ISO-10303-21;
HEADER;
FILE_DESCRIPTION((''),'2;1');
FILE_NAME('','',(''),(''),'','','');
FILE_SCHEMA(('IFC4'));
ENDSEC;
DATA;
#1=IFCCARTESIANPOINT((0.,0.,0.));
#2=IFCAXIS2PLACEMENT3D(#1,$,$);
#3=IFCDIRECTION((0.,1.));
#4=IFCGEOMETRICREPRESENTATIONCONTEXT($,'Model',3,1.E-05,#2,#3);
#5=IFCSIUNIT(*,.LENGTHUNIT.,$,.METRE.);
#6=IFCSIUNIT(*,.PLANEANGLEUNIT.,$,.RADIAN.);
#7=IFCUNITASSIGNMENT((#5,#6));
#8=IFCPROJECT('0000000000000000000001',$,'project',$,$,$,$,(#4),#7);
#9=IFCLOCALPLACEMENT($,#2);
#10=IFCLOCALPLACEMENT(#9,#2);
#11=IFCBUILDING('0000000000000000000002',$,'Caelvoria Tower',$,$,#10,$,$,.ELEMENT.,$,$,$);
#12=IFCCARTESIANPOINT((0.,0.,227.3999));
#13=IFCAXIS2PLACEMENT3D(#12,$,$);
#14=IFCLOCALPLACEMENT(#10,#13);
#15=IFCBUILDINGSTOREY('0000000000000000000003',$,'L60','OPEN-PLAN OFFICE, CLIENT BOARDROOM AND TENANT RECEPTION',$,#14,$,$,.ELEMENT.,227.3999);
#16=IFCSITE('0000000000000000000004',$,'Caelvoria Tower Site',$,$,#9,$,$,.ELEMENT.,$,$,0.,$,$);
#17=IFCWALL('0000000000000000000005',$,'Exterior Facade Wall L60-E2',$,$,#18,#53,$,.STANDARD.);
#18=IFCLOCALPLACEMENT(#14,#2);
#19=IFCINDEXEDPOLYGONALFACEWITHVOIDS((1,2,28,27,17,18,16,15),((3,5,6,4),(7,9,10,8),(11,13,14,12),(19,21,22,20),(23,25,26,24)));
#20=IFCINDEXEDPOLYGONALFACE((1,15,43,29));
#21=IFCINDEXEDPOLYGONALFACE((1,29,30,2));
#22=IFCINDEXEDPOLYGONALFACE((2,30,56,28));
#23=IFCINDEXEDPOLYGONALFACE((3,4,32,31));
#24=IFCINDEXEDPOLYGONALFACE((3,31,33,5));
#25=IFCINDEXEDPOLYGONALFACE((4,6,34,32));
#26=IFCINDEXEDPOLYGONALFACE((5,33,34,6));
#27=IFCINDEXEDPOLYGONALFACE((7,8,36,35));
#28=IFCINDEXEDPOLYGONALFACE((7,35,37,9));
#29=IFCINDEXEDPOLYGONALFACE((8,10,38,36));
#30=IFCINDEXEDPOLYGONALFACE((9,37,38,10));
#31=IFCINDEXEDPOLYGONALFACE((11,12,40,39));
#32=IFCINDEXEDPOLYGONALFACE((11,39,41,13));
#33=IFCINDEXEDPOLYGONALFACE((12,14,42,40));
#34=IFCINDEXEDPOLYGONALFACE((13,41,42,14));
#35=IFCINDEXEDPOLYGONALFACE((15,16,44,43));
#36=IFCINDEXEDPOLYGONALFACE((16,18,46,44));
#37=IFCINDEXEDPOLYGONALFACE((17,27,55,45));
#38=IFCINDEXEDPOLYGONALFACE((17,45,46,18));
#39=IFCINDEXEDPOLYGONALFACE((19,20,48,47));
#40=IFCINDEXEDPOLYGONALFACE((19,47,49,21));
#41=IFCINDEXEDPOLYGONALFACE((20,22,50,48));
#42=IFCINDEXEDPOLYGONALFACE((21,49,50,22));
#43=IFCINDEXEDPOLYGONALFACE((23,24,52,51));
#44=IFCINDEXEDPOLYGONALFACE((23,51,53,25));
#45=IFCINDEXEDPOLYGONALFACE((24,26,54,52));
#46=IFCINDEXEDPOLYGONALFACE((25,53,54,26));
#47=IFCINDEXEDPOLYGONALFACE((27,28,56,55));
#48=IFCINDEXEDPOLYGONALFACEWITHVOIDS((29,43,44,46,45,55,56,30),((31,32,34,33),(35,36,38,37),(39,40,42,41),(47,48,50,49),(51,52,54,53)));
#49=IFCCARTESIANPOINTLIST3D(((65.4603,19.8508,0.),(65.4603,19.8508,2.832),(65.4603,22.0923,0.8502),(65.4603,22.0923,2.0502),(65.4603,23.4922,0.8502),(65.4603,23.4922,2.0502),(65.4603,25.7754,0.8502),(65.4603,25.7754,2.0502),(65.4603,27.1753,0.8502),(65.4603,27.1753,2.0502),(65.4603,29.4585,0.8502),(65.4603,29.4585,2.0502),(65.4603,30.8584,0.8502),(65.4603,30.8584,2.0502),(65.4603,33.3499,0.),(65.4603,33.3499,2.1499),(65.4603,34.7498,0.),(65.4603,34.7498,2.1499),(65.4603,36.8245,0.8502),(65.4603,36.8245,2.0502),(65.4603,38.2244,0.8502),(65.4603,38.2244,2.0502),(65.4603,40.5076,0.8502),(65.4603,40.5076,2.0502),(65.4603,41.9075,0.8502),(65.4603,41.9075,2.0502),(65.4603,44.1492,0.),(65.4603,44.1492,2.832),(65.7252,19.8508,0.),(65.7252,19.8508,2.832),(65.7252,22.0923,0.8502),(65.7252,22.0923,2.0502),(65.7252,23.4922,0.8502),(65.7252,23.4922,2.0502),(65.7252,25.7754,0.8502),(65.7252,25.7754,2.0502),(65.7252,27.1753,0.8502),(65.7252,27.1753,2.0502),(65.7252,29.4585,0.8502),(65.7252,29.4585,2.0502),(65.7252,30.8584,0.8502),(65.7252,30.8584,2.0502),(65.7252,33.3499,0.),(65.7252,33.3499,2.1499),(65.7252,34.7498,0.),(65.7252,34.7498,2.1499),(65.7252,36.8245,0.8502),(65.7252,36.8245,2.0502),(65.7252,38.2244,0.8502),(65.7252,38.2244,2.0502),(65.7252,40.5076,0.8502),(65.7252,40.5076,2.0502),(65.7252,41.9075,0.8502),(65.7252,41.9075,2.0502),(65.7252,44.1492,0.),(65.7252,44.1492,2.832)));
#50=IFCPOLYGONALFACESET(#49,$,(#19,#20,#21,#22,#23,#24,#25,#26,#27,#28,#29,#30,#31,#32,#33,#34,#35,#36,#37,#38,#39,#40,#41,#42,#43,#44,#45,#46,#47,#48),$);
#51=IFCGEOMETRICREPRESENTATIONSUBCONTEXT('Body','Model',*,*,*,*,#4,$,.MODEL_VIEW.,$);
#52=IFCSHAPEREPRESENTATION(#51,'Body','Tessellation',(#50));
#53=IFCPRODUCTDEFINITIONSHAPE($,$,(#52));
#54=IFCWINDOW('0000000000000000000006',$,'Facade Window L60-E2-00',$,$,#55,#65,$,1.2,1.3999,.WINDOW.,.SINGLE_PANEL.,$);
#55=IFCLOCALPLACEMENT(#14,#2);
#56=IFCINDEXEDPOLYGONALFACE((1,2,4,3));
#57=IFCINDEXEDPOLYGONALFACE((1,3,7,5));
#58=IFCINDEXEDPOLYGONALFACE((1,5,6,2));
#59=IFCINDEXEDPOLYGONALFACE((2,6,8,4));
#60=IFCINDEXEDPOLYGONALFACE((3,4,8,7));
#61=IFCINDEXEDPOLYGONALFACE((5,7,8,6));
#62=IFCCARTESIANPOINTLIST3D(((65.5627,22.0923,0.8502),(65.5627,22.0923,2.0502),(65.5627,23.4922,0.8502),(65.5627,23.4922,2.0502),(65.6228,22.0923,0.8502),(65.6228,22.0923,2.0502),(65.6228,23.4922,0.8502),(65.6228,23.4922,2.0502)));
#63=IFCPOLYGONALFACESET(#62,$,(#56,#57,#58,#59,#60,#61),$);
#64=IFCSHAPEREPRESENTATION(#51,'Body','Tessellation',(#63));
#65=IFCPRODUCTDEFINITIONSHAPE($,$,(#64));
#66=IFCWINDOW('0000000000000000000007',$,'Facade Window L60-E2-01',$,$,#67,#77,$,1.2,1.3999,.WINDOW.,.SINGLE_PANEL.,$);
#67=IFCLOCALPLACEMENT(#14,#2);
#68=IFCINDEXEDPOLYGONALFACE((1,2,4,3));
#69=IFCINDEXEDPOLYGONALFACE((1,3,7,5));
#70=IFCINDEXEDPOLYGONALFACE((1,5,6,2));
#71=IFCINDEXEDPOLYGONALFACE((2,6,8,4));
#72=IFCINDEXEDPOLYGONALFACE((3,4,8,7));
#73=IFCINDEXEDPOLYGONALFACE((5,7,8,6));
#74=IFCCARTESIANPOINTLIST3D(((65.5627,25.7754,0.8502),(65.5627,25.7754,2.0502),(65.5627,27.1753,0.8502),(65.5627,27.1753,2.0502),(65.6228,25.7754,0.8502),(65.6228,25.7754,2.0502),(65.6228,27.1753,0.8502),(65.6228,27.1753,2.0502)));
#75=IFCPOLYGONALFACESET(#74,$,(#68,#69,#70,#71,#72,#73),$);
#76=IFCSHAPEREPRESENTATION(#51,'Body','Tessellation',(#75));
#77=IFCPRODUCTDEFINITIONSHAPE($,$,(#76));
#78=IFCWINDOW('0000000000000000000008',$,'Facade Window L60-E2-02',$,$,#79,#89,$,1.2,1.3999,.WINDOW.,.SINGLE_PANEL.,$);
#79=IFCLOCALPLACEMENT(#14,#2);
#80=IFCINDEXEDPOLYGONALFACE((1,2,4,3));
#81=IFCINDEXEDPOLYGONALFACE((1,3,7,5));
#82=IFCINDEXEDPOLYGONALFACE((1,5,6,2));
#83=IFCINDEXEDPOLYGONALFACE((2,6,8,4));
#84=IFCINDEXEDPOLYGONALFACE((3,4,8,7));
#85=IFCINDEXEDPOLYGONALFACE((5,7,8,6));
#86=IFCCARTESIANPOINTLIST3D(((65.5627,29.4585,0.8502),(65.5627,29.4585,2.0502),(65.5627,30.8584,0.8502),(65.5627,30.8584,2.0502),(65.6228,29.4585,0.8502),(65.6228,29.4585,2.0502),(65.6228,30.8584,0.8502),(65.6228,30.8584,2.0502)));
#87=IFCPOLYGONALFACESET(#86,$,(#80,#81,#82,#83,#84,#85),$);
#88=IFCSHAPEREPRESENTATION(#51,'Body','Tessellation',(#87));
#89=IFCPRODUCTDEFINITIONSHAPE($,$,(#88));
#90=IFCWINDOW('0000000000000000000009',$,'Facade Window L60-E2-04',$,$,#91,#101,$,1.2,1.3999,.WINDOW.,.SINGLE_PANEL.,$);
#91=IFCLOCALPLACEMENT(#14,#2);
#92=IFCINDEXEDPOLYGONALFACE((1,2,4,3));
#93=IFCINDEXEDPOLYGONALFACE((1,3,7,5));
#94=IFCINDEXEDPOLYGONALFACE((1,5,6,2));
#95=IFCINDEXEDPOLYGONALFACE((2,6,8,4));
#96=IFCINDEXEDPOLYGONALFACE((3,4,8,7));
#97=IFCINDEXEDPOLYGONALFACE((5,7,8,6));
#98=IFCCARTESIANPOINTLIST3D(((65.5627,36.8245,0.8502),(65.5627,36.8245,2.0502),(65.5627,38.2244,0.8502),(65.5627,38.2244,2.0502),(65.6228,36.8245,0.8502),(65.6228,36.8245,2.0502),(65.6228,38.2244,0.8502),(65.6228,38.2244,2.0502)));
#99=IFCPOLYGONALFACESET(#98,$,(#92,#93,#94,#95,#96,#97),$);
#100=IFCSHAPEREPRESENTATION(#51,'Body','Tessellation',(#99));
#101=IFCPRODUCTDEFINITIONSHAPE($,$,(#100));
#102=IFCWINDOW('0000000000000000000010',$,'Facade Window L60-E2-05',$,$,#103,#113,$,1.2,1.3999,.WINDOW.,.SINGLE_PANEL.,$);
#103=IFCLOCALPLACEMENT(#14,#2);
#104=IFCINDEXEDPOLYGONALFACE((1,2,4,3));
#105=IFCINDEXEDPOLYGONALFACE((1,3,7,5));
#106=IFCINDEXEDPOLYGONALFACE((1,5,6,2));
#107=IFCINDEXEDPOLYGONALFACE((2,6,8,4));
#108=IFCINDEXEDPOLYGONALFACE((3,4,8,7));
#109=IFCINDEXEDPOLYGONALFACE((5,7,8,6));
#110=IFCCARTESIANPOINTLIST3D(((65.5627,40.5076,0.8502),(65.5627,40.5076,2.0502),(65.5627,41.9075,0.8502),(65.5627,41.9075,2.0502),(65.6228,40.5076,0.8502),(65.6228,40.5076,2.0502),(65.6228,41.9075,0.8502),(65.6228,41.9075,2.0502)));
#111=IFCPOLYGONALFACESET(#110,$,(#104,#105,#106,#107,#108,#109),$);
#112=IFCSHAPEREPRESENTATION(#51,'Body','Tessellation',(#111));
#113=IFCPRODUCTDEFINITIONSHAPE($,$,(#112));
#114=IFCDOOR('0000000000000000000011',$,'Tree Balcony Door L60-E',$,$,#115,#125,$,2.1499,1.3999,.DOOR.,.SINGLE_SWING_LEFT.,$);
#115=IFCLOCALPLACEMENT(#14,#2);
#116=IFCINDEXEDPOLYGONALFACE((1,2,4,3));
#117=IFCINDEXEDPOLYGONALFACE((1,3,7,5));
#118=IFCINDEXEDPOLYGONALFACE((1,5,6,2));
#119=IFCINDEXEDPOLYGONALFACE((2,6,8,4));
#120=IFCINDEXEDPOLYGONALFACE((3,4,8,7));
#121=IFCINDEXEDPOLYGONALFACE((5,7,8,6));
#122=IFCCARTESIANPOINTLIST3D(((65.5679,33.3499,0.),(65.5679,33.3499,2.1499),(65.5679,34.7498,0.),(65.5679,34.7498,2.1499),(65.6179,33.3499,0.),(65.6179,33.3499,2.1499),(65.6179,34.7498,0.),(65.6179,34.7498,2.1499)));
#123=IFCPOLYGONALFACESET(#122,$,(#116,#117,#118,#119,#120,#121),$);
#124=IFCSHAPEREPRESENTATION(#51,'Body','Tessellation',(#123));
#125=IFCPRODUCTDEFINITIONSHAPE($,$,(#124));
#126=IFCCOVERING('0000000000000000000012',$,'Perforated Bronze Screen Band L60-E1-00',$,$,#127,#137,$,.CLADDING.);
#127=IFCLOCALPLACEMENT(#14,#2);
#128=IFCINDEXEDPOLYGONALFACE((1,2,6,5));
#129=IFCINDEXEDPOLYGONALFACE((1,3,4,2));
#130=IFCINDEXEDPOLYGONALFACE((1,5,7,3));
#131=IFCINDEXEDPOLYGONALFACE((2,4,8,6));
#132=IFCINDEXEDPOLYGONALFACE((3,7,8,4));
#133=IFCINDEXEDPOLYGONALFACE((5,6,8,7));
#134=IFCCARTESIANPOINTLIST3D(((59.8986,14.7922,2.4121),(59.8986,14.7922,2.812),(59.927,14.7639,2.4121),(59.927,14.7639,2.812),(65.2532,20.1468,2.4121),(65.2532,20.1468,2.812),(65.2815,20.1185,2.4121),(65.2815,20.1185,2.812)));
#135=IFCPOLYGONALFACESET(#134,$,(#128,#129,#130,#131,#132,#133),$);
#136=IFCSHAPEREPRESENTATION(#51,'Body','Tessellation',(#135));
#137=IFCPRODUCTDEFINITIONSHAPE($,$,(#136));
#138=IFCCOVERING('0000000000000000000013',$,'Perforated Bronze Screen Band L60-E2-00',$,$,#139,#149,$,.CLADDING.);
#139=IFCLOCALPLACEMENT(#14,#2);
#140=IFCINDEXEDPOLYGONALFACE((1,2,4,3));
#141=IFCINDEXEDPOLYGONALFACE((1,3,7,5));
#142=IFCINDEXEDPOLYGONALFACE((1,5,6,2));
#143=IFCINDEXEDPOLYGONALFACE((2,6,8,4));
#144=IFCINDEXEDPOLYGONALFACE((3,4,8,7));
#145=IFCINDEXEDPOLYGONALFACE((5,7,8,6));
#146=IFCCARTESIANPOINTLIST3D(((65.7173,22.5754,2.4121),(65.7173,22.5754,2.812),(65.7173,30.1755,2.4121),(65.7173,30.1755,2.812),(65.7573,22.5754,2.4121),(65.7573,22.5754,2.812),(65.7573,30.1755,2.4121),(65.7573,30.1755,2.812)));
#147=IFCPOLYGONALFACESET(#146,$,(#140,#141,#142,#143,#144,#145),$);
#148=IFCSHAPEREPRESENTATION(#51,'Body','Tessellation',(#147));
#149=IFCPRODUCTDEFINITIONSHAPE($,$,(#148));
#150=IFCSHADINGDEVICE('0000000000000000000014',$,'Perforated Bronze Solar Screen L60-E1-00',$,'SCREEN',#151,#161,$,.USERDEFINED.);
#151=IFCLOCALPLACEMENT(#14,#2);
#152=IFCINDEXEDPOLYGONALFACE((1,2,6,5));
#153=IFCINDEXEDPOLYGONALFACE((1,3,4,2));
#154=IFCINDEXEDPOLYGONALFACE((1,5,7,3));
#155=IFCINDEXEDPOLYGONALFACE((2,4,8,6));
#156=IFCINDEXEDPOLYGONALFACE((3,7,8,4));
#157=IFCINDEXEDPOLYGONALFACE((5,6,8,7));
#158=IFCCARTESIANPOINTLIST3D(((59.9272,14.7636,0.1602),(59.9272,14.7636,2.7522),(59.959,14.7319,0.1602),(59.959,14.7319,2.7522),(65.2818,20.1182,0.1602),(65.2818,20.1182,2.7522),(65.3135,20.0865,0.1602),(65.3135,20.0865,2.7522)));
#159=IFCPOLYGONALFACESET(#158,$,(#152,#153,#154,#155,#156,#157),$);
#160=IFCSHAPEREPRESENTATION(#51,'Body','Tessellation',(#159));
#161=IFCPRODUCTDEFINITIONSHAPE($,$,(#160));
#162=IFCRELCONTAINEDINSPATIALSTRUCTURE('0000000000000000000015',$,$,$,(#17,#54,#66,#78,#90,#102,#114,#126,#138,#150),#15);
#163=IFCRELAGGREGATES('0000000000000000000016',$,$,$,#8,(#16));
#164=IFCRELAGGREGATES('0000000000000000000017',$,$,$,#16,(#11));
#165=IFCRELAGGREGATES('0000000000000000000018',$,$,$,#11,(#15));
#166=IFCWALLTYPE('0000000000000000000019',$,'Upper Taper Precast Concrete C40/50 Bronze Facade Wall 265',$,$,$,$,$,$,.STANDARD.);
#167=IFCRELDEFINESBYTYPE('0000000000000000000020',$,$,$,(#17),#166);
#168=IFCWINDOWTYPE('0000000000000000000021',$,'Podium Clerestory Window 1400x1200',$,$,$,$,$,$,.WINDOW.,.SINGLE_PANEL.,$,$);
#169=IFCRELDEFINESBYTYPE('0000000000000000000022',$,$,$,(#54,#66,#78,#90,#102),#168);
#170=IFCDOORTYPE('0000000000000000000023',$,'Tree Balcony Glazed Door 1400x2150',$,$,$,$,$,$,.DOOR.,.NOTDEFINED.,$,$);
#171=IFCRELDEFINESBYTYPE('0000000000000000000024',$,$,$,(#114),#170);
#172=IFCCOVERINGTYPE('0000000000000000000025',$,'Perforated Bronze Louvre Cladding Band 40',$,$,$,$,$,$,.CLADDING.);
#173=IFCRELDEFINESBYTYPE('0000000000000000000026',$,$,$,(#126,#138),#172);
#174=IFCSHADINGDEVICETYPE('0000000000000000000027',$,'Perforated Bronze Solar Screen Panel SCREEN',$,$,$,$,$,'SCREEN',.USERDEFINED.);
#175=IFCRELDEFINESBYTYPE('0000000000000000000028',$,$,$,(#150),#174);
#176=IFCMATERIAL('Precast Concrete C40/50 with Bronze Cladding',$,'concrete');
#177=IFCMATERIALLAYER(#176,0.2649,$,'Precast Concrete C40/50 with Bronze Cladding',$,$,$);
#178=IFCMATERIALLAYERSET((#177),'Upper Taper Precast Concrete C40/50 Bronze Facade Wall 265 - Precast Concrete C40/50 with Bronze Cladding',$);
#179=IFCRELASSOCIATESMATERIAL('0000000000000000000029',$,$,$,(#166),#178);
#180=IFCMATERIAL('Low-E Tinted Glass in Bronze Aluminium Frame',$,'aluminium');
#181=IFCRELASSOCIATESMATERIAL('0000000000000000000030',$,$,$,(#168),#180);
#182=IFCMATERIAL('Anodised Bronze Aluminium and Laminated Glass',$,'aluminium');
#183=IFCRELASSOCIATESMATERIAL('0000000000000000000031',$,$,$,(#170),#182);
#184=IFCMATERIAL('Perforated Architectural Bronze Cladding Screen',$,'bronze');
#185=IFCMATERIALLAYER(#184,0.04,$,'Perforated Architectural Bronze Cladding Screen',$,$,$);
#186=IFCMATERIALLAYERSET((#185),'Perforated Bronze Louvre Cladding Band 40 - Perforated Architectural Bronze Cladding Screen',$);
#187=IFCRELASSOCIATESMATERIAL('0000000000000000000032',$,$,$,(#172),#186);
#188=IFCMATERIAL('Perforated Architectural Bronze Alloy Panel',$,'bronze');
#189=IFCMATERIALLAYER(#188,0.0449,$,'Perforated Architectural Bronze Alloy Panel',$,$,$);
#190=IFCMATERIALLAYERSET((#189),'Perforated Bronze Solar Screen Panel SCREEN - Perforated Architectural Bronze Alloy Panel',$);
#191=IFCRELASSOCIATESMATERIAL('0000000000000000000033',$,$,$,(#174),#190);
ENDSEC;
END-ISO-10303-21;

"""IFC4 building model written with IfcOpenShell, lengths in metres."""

from ifc_helpers import new_model, si_unit, direction, frame, frame_2d, origin, origin_2d, place, context, subcontext, project, spatial, rectangle, extrude, material, layer, layer_set, type_object, element, fill, save


model = new_model("IFC4")

# Units and contexts
model_context = context("Model", 3, precision=1e-05, world=origin(), true_north=direction((0.0, 1.0)))
body_context = subcontext(model_context, "Body", "Model", "MODEL_VIEW")
ifc_project = project(units=[si_unit("LENGTHUNIT", "METRE"), si_unit("PLANEANGLEUNIT", "RADIAN")], contexts=[model_context])

# Site, building, storey
site_placement = place(None, origin())
site = spatial("IfcSite", under=ifc_project, at=site_placement, Name="Caelvoria Tower Site", CompositionType="ELEMENT", RefElevation=0.0)
building_placement = place(site_placement, origin())
building = spatial("IfcBuilding", under=site, at=building_placement, Name="Caelvoria Tower", CompositionType="ELEMENT")
storey_placement = place(building_placement, frame((0.0, 0.0, 227.3999)))
storey = spatial("IfcBuildingStorey", under=building, at=storey_placement, Name="L60", Description="OPEN-PLAN OFFICE, CLIENT BOARDROOM AND TENANT RECEPTION", CompositionType="ELEMENT", Elevation=227.3999)

# Shared definitions
ifc_material_1 = material(Name="Precast Concrete C40/50 with Bronze Cladding", Category="concrete")
ifc_layer_1 = layer(ifc_material_1, 0.2649, Name="Precast Concrete C40/50 with Bronze Cladding")
ifc_layer_set_1 = layer_set([ifc_layer_1], Name="Upper Taper Precast Concrete C40/50 Bronze Facade Wall 265 - Precast Concrete C40/50 with Bronze Cladding")
wall_type_1 = type_object("IfcWallType", Name="Upper Taper Precast Concrete C40/50 Bronze Facade Wall 265", PredefinedType="STANDARD", material=ifc_layer_set_1)

# Wall, openings, windows, door
wall_1_placement = place(storey_placement, frame((65.5928, 19.8508, 0.0), z_axis=(0.0, 0.0, 1.0), x_axis=(0.0, 1.0, 0.0)))
wall_1 = element("IfcWall", 1, at=wall_1_placement, inside=storey, type_object=wall_type_1, Name="Exterior Facade Wall L60-E2", PredefinedType="STANDARD", context=body_context, shape_type="SweptSolid", body=[
    extrude(rectangle(XDim=24.2983, YDim=0.2649, at=frame_2d((12.1492, 0.0))), origin(), (0.0, 0.0, 1.0), 2.832),
])
opening_1_placement = place(wall_1_placement, frame((13.499, 0.0, 0.0)))
opening_1 = element("IfcOpeningElement", 2, at=opening_1_placement, cuts=wall_1, PredefinedType="OPENING", context=body_context, shape_type="SweptSolid", body=[
    extrude(rectangle(XDim=1.3999, YDim=2.1499, at=frame_2d((0.7, 1.075))), frame((0.0, 0.1423, 0.0), z_axis=(0.0, -1.0, 0.0), x_axis=(1.0, 0.0, 0.0)), (0.0, 0.0, 1.0), 0.2849),
])
opening_2_placement = place(wall_1_placement, frame((2.2415, 0.0, 0.8501)))
opening_2 = element("IfcOpeningElement", 3, at=opening_2_placement, cuts=wall_1, PredefinedType="OPENING", context=body_context, shape_type="SweptSolid", body=[
    extrude(rectangle(XDim=1.3999, YDim=1.2, at=frame_2d((0.7, 0.6001))), frame((0.0, 0.1423, 0.0), z_axis=(0.0, -1.0, 0.0), x_axis=(1.0, 0.0, 0.0)), (0.0, 0.0, 1.0), 0.2849),
])
opening_3_placement = place(wall_1_placement, frame((5.9246, 0.0, 0.8501)))
opening_3 = element("IfcOpeningElement", 4, at=opening_3_placement, cuts=wall_1, PredefinedType="OPENING", context=body_context, shape_type="SweptSolid", body=[
    extrude(rectangle(XDim=1.3999, YDim=1.2, at=frame_2d((0.7, 0.6001))), frame((0.0, 0.1423, 0.0), z_axis=(0.0, -1.0, 0.0), x_axis=(1.0, 0.0, 0.0)), (0.0, 0.0, 1.0), 0.2849),
])
opening_4_placement = place(wall_1_placement, frame((9.6077, 0.0, 0.8501)))
opening_4 = element("IfcOpeningElement", 5, at=opening_4_placement, cuts=wall_1, PredefinedType="OPENING", context=body_context, shape_type="SweptSolid", body=[
    extrude(rectangle(XDim=1.3999, YDim=1.2, at=frame_2d((0.7, 0.6001))), frame((0.0, 0.1423, 0.0), z_axis=(0.0, -1.0, 0.0), x_axis=(1.0, 0.0, 0.0)), (0.0, 0.0, 1.0), 0.2849),
])
opening_5_placement = place(wall_1_placement, frame((16.9736, 0.0, 0.8501)))
opening_5 = element("IfcOpeningElement", 6, at=opening_5_placement, cuts=wall_1, PredefinedType="OPENING", context=body_context, shape_type="SweptSolid", body=[
    extrude(rectangle(XDim=1.3999, YDim=1.2, at=frame_2d((0.7, 0.6001))), frame((0.0, 0.1423, 0.0), z_axis=(0.0, -1.0, 0.0), x_axis=(1.0, 0.0, 0.0)), (0.0, 0.0, 1.0), 0.2849),
])
opening_6_placement = place(wall_1_placement, frame((20.6567, 0.0, 0.8501)))
opening_6 = element("IfcOpeningElement", 7, at=opening_6_placement, cuts=wall_1, PredefinedType="OPENING", context=body_context, shape_type="SweptSolid", body=[
    extrude(rectangle(XDim=1.3999, YDim=1.2, at=frame_2d((0.7, 0.6001))), frame((0.0, 0.1423, 0.0), z_axis=(0.0, -1.0, 0.0), x_axis=(1.0, 0.0, 0.0)), (0.0, 0.0, 1.0), 0.2849),
])
ifc_material_2 = material(Name="Low-E Tinted Glass in Bronze Aluminium Frame", Category="aluminium")
window_type = type_object("IfcWindowType", Name="Podium Clerestory Window 1400x1200", PartitioningType="SINGLE_PANEL", PredefinedType="WINDOW", material=ifc_material_2)
window_1_placement = place(opening_2_placement, origin())
window_1 = element("IfcWindow", 8, at=window_1_placement, inside=storey, type_object=window_type, Name="Facade Window L60-E2-00", OverallHeight=1.2, OverallWidth=1.3999, PartitioningType="SINGLE_PANEL", PredefinedType="WINDOW", context=body_context, shape_type="SweptSolid", body=[
    extrude(rectangle(XDim=1.3999, YDim=1.2, at=frame_2d((0.7, 0.6001))), frame((0.0, 0.03, 0.0), z_axis=(0.0, -1.0, 0.0), x_axis=(1.0, 0.0, 0.0)), (0.0, 0.0, 1.0), 0.0601),
])
fill(opening_2, window_1)
window_2_placement = place(opening_3_placement, origin())
window_2 = element("IfcWindow", 9, at=window_2_placement, inside=storey, type_object=window_type, Name="Facade Window L60-E2-01", OverallHeight=1.2, OverallWidth=1.3999, PartitioningType="SINGLE_PANEL", PredefinedType="WINDOW", context=body_context, shape_type="SweptSolid", body=[
    extrude(rectangle(XDim=1.3999, YDim=1.2, at=frame_2d((0.7, 0.6001))), frame((0.0, 0.03, 0.0), z_axis=(0.0, -1.0, 0.0), x_axis=(1.0, 0.0, 0.0)), (0.0, 0.0, 1.0), 0.0601),
])
fill(opening_3, window_2)
window_3_placement = place(opening_4_placement, origin())
window_3 = element("IfcWindow", 10, at=window_3_placement, inside=storey, type_object=window_type, Name="Facade Window L60-E2-02", OverallHeight=1.2, OverallWidth=1.3999, PartitioningType="SINGLE_PANEL", PredefinedType="WINDOW", context=body_context, shape_type="SweptSolid", body=[
    extrude(rectangle(XDim=1.3999, YDim=1.2, at=frame_2d((0.7, 0.6001))), frame((0.0, 0.03, 0.0), z_axis=(0.0, -1.0, 0.0), x_axis=(1.0, 0.0, 0.0)), (0.0, 0.0, 1.0), 0.0601),
])
fill(opening_4, window_3)
window_4_placement = place(opening_5_placement, origin())
window_4 = element("IfcWindow", 11, at=window_4_placement, inside=storey, type_object=window_type, Name="Facade Window L60-E2-04", OverallHeight=1.2, OverallWidth=1.3999, PartitioningType="SINGLE_PANEL", PredefinedType="WINDOW", context=body_context, shape_type="SweptSolid", body=[
    extrude(rectangle(XDim=1.3999, YDim=1.2, at=frame_2d((0.7, 0.6001))), frame((0.0, 0.03, 0.0), z_axis=(0.0, -1.0, 0.0), x_axis=(1.0, 0.0, 0.0)), (0.0, 0.0, 1.0), 0.0601),
])
fill(opening_5, window_4)
window_5_placement = place(opening_6_placement, origin())
window_5 = element("IfcWindow", 12, at=window_5_placement, inside=storey, type_object=window_type, Name="Facade Window L60-E2-05", OverallHeight=1.2, OverallWidth=1.3999, PartitioningType="SINGLE_PANEL", PredefinedType="WINDOW", context=body_context, shape_type="SweptSolid", body=[
    extrude(rectangle(XDim=1.3999, YDim=1.2, at=frame_2d((0.7, 0.6001))), frame((0.0, 0.03, 0.0), z_axis=(0.0, -1.0, 0.0), x_axis=(1.0, 0.0, 0.0)), (0.0, 0.0, 1.0), 0.0601),
])
fill(opening_6, window_5)
ifc_material_3 = material(Name="Anodised Bronze Aluminium and Laminated Glass", Category="aluminium")
door_type_1 = type_object("IfcDoorType", Name="Tree Balcony Glazed Door 1400x2150", OperationType="NOTDEFINED", PredefinedType="DOOR", material=ifc_material_3)
door_1_placement = place(opening_1_placement, origin())
door_1 = element("IfcDoor", 13, at=door_1_placement, inside=storey, type_object=door_type_1, Name="Tree Balcony Door L60-E", OperationType="SINGLE_SWING_LEFT", OverallHeight=2.1499, OverallWidth=1.3999, PredefinedType="DOOR", context=body_context, shape_type="SweptSolid", body=[
    extrude(rectangle(XDim=1.3999, YDim=2.1499, at=frame_2d((0.7, 1.075))), frame((0.0, 0.0249, 0.0), z_axis=(0.0, -1.0, 0.0), x_axis=(1.0, 0.0, 0.0)), (0.0, 0.0, 1.0), 0.05),
])
fill(opening_1, door_1)

# Coverings
ifc_material_4 = material(Name="Perforated Architectural Bronze Cladding Screen", Category="bronze")
ifc_layer_2 = layer(ifc_material_4, 0.04, Name="Perforated Architectural Bronze Cladding Screen")
ifc_layer_set_2 = layer_set([ifc_layer_2], Name="Perforated Bronze Louvre Cladding Band 40 - Perforated Architectural Bronze Cladding Screen")
covering_type = type_object("IfcCoveringType", Name="Perforated Bronze Louvre Cladding Band 40", PredefinedType="CLADDING", material=ifc_layer_set_2)
covering_1_placement = place(storey_placement, frame((62.5901, 17.4553, 2.4121), z_axis=(0.0, 0.0, 1.0), x_axis=(0.707107, 0.707107, 0.0)))
element("IfcCovering", 14, at=covering_1_placement, inside=storey, type_object=covering_type, Name="Perforated Bronze Screen Band L60-E1-00", PredefinedType="CLADDING", context=body_context, shape_type="SweptSolid", body=[
    extrude(rectangle(XDim=7.5725, YDim=0.04, at=origin_2d()), origin(), (0.0, 0.0, 1.0), 0.3999),
])
covering_2_placement = place(storey_placement, frame((65.7373, 26.3755, 2.4121), z_axis=(0.0, 0.0, 1.0), x_axis=(0.0, 1.0, 0.0)))
element("IfcCovering", 15, at=covering_2_placement, inside=storey, type_object=covering_type, Name="Perforated Bronze Screen Band L60-E2-00", PredefinedType="CLADDING", context=body_context, shape_type="SweptSolid", body=[
    extrude(rectangle(XDim=7.6001, YDim=0.04, at=origin_2d()), origin(), (0.0, 0.0, 1.0), 0.3999),
])

# Shading device
ifc_material_5 = material(Name="Perforated Architectural Bronze Alloy Panel", Category="bronze")
ifc_layer_3 = layer(ifc_material_5, 0.0449, Name="Perforated Architectural Bronze Alloy Panel")
ifc_layer_set_3 = layer_set([ifc_layer_3], Name="Perforated Bronze Solar Screen Panel SCREEN - Perforated Architectural Bronze Alloy Panel")
shading_device_type = type_object("IfcShadingDeviceType", Name="Perforated Bronze Solar Screen Panel SCREEN", ElementType="SCREEN", PredefinedType="USERDEFINED", material=ifc_layer_set_3)
shading_device_1_placement = place(storey_placement, frame((62.6204, 17.425, 0.1602), z_axis=(0.0, 0.0, 1.0), x_axis=(0.707107, 0.707107, 0.0)))
element("IfcShadingDevice", 16, at=shading_device_1_placement, inside=storey, type_object=shading_device_type, Name="Perforated Bronze Solar Screen L60-E1-00", ObjectType="SCREEN", PredefinedType="USERDEFINED", context=body_context, shape_type="SweptSolid", body=[
    extrude(rectangle(XDim=7.5725, YDim=0.0449, at=origin_2d()), origin(), (0.0, 0.0, 1.0), 2.592),
])

save(model, "model.ifc")
